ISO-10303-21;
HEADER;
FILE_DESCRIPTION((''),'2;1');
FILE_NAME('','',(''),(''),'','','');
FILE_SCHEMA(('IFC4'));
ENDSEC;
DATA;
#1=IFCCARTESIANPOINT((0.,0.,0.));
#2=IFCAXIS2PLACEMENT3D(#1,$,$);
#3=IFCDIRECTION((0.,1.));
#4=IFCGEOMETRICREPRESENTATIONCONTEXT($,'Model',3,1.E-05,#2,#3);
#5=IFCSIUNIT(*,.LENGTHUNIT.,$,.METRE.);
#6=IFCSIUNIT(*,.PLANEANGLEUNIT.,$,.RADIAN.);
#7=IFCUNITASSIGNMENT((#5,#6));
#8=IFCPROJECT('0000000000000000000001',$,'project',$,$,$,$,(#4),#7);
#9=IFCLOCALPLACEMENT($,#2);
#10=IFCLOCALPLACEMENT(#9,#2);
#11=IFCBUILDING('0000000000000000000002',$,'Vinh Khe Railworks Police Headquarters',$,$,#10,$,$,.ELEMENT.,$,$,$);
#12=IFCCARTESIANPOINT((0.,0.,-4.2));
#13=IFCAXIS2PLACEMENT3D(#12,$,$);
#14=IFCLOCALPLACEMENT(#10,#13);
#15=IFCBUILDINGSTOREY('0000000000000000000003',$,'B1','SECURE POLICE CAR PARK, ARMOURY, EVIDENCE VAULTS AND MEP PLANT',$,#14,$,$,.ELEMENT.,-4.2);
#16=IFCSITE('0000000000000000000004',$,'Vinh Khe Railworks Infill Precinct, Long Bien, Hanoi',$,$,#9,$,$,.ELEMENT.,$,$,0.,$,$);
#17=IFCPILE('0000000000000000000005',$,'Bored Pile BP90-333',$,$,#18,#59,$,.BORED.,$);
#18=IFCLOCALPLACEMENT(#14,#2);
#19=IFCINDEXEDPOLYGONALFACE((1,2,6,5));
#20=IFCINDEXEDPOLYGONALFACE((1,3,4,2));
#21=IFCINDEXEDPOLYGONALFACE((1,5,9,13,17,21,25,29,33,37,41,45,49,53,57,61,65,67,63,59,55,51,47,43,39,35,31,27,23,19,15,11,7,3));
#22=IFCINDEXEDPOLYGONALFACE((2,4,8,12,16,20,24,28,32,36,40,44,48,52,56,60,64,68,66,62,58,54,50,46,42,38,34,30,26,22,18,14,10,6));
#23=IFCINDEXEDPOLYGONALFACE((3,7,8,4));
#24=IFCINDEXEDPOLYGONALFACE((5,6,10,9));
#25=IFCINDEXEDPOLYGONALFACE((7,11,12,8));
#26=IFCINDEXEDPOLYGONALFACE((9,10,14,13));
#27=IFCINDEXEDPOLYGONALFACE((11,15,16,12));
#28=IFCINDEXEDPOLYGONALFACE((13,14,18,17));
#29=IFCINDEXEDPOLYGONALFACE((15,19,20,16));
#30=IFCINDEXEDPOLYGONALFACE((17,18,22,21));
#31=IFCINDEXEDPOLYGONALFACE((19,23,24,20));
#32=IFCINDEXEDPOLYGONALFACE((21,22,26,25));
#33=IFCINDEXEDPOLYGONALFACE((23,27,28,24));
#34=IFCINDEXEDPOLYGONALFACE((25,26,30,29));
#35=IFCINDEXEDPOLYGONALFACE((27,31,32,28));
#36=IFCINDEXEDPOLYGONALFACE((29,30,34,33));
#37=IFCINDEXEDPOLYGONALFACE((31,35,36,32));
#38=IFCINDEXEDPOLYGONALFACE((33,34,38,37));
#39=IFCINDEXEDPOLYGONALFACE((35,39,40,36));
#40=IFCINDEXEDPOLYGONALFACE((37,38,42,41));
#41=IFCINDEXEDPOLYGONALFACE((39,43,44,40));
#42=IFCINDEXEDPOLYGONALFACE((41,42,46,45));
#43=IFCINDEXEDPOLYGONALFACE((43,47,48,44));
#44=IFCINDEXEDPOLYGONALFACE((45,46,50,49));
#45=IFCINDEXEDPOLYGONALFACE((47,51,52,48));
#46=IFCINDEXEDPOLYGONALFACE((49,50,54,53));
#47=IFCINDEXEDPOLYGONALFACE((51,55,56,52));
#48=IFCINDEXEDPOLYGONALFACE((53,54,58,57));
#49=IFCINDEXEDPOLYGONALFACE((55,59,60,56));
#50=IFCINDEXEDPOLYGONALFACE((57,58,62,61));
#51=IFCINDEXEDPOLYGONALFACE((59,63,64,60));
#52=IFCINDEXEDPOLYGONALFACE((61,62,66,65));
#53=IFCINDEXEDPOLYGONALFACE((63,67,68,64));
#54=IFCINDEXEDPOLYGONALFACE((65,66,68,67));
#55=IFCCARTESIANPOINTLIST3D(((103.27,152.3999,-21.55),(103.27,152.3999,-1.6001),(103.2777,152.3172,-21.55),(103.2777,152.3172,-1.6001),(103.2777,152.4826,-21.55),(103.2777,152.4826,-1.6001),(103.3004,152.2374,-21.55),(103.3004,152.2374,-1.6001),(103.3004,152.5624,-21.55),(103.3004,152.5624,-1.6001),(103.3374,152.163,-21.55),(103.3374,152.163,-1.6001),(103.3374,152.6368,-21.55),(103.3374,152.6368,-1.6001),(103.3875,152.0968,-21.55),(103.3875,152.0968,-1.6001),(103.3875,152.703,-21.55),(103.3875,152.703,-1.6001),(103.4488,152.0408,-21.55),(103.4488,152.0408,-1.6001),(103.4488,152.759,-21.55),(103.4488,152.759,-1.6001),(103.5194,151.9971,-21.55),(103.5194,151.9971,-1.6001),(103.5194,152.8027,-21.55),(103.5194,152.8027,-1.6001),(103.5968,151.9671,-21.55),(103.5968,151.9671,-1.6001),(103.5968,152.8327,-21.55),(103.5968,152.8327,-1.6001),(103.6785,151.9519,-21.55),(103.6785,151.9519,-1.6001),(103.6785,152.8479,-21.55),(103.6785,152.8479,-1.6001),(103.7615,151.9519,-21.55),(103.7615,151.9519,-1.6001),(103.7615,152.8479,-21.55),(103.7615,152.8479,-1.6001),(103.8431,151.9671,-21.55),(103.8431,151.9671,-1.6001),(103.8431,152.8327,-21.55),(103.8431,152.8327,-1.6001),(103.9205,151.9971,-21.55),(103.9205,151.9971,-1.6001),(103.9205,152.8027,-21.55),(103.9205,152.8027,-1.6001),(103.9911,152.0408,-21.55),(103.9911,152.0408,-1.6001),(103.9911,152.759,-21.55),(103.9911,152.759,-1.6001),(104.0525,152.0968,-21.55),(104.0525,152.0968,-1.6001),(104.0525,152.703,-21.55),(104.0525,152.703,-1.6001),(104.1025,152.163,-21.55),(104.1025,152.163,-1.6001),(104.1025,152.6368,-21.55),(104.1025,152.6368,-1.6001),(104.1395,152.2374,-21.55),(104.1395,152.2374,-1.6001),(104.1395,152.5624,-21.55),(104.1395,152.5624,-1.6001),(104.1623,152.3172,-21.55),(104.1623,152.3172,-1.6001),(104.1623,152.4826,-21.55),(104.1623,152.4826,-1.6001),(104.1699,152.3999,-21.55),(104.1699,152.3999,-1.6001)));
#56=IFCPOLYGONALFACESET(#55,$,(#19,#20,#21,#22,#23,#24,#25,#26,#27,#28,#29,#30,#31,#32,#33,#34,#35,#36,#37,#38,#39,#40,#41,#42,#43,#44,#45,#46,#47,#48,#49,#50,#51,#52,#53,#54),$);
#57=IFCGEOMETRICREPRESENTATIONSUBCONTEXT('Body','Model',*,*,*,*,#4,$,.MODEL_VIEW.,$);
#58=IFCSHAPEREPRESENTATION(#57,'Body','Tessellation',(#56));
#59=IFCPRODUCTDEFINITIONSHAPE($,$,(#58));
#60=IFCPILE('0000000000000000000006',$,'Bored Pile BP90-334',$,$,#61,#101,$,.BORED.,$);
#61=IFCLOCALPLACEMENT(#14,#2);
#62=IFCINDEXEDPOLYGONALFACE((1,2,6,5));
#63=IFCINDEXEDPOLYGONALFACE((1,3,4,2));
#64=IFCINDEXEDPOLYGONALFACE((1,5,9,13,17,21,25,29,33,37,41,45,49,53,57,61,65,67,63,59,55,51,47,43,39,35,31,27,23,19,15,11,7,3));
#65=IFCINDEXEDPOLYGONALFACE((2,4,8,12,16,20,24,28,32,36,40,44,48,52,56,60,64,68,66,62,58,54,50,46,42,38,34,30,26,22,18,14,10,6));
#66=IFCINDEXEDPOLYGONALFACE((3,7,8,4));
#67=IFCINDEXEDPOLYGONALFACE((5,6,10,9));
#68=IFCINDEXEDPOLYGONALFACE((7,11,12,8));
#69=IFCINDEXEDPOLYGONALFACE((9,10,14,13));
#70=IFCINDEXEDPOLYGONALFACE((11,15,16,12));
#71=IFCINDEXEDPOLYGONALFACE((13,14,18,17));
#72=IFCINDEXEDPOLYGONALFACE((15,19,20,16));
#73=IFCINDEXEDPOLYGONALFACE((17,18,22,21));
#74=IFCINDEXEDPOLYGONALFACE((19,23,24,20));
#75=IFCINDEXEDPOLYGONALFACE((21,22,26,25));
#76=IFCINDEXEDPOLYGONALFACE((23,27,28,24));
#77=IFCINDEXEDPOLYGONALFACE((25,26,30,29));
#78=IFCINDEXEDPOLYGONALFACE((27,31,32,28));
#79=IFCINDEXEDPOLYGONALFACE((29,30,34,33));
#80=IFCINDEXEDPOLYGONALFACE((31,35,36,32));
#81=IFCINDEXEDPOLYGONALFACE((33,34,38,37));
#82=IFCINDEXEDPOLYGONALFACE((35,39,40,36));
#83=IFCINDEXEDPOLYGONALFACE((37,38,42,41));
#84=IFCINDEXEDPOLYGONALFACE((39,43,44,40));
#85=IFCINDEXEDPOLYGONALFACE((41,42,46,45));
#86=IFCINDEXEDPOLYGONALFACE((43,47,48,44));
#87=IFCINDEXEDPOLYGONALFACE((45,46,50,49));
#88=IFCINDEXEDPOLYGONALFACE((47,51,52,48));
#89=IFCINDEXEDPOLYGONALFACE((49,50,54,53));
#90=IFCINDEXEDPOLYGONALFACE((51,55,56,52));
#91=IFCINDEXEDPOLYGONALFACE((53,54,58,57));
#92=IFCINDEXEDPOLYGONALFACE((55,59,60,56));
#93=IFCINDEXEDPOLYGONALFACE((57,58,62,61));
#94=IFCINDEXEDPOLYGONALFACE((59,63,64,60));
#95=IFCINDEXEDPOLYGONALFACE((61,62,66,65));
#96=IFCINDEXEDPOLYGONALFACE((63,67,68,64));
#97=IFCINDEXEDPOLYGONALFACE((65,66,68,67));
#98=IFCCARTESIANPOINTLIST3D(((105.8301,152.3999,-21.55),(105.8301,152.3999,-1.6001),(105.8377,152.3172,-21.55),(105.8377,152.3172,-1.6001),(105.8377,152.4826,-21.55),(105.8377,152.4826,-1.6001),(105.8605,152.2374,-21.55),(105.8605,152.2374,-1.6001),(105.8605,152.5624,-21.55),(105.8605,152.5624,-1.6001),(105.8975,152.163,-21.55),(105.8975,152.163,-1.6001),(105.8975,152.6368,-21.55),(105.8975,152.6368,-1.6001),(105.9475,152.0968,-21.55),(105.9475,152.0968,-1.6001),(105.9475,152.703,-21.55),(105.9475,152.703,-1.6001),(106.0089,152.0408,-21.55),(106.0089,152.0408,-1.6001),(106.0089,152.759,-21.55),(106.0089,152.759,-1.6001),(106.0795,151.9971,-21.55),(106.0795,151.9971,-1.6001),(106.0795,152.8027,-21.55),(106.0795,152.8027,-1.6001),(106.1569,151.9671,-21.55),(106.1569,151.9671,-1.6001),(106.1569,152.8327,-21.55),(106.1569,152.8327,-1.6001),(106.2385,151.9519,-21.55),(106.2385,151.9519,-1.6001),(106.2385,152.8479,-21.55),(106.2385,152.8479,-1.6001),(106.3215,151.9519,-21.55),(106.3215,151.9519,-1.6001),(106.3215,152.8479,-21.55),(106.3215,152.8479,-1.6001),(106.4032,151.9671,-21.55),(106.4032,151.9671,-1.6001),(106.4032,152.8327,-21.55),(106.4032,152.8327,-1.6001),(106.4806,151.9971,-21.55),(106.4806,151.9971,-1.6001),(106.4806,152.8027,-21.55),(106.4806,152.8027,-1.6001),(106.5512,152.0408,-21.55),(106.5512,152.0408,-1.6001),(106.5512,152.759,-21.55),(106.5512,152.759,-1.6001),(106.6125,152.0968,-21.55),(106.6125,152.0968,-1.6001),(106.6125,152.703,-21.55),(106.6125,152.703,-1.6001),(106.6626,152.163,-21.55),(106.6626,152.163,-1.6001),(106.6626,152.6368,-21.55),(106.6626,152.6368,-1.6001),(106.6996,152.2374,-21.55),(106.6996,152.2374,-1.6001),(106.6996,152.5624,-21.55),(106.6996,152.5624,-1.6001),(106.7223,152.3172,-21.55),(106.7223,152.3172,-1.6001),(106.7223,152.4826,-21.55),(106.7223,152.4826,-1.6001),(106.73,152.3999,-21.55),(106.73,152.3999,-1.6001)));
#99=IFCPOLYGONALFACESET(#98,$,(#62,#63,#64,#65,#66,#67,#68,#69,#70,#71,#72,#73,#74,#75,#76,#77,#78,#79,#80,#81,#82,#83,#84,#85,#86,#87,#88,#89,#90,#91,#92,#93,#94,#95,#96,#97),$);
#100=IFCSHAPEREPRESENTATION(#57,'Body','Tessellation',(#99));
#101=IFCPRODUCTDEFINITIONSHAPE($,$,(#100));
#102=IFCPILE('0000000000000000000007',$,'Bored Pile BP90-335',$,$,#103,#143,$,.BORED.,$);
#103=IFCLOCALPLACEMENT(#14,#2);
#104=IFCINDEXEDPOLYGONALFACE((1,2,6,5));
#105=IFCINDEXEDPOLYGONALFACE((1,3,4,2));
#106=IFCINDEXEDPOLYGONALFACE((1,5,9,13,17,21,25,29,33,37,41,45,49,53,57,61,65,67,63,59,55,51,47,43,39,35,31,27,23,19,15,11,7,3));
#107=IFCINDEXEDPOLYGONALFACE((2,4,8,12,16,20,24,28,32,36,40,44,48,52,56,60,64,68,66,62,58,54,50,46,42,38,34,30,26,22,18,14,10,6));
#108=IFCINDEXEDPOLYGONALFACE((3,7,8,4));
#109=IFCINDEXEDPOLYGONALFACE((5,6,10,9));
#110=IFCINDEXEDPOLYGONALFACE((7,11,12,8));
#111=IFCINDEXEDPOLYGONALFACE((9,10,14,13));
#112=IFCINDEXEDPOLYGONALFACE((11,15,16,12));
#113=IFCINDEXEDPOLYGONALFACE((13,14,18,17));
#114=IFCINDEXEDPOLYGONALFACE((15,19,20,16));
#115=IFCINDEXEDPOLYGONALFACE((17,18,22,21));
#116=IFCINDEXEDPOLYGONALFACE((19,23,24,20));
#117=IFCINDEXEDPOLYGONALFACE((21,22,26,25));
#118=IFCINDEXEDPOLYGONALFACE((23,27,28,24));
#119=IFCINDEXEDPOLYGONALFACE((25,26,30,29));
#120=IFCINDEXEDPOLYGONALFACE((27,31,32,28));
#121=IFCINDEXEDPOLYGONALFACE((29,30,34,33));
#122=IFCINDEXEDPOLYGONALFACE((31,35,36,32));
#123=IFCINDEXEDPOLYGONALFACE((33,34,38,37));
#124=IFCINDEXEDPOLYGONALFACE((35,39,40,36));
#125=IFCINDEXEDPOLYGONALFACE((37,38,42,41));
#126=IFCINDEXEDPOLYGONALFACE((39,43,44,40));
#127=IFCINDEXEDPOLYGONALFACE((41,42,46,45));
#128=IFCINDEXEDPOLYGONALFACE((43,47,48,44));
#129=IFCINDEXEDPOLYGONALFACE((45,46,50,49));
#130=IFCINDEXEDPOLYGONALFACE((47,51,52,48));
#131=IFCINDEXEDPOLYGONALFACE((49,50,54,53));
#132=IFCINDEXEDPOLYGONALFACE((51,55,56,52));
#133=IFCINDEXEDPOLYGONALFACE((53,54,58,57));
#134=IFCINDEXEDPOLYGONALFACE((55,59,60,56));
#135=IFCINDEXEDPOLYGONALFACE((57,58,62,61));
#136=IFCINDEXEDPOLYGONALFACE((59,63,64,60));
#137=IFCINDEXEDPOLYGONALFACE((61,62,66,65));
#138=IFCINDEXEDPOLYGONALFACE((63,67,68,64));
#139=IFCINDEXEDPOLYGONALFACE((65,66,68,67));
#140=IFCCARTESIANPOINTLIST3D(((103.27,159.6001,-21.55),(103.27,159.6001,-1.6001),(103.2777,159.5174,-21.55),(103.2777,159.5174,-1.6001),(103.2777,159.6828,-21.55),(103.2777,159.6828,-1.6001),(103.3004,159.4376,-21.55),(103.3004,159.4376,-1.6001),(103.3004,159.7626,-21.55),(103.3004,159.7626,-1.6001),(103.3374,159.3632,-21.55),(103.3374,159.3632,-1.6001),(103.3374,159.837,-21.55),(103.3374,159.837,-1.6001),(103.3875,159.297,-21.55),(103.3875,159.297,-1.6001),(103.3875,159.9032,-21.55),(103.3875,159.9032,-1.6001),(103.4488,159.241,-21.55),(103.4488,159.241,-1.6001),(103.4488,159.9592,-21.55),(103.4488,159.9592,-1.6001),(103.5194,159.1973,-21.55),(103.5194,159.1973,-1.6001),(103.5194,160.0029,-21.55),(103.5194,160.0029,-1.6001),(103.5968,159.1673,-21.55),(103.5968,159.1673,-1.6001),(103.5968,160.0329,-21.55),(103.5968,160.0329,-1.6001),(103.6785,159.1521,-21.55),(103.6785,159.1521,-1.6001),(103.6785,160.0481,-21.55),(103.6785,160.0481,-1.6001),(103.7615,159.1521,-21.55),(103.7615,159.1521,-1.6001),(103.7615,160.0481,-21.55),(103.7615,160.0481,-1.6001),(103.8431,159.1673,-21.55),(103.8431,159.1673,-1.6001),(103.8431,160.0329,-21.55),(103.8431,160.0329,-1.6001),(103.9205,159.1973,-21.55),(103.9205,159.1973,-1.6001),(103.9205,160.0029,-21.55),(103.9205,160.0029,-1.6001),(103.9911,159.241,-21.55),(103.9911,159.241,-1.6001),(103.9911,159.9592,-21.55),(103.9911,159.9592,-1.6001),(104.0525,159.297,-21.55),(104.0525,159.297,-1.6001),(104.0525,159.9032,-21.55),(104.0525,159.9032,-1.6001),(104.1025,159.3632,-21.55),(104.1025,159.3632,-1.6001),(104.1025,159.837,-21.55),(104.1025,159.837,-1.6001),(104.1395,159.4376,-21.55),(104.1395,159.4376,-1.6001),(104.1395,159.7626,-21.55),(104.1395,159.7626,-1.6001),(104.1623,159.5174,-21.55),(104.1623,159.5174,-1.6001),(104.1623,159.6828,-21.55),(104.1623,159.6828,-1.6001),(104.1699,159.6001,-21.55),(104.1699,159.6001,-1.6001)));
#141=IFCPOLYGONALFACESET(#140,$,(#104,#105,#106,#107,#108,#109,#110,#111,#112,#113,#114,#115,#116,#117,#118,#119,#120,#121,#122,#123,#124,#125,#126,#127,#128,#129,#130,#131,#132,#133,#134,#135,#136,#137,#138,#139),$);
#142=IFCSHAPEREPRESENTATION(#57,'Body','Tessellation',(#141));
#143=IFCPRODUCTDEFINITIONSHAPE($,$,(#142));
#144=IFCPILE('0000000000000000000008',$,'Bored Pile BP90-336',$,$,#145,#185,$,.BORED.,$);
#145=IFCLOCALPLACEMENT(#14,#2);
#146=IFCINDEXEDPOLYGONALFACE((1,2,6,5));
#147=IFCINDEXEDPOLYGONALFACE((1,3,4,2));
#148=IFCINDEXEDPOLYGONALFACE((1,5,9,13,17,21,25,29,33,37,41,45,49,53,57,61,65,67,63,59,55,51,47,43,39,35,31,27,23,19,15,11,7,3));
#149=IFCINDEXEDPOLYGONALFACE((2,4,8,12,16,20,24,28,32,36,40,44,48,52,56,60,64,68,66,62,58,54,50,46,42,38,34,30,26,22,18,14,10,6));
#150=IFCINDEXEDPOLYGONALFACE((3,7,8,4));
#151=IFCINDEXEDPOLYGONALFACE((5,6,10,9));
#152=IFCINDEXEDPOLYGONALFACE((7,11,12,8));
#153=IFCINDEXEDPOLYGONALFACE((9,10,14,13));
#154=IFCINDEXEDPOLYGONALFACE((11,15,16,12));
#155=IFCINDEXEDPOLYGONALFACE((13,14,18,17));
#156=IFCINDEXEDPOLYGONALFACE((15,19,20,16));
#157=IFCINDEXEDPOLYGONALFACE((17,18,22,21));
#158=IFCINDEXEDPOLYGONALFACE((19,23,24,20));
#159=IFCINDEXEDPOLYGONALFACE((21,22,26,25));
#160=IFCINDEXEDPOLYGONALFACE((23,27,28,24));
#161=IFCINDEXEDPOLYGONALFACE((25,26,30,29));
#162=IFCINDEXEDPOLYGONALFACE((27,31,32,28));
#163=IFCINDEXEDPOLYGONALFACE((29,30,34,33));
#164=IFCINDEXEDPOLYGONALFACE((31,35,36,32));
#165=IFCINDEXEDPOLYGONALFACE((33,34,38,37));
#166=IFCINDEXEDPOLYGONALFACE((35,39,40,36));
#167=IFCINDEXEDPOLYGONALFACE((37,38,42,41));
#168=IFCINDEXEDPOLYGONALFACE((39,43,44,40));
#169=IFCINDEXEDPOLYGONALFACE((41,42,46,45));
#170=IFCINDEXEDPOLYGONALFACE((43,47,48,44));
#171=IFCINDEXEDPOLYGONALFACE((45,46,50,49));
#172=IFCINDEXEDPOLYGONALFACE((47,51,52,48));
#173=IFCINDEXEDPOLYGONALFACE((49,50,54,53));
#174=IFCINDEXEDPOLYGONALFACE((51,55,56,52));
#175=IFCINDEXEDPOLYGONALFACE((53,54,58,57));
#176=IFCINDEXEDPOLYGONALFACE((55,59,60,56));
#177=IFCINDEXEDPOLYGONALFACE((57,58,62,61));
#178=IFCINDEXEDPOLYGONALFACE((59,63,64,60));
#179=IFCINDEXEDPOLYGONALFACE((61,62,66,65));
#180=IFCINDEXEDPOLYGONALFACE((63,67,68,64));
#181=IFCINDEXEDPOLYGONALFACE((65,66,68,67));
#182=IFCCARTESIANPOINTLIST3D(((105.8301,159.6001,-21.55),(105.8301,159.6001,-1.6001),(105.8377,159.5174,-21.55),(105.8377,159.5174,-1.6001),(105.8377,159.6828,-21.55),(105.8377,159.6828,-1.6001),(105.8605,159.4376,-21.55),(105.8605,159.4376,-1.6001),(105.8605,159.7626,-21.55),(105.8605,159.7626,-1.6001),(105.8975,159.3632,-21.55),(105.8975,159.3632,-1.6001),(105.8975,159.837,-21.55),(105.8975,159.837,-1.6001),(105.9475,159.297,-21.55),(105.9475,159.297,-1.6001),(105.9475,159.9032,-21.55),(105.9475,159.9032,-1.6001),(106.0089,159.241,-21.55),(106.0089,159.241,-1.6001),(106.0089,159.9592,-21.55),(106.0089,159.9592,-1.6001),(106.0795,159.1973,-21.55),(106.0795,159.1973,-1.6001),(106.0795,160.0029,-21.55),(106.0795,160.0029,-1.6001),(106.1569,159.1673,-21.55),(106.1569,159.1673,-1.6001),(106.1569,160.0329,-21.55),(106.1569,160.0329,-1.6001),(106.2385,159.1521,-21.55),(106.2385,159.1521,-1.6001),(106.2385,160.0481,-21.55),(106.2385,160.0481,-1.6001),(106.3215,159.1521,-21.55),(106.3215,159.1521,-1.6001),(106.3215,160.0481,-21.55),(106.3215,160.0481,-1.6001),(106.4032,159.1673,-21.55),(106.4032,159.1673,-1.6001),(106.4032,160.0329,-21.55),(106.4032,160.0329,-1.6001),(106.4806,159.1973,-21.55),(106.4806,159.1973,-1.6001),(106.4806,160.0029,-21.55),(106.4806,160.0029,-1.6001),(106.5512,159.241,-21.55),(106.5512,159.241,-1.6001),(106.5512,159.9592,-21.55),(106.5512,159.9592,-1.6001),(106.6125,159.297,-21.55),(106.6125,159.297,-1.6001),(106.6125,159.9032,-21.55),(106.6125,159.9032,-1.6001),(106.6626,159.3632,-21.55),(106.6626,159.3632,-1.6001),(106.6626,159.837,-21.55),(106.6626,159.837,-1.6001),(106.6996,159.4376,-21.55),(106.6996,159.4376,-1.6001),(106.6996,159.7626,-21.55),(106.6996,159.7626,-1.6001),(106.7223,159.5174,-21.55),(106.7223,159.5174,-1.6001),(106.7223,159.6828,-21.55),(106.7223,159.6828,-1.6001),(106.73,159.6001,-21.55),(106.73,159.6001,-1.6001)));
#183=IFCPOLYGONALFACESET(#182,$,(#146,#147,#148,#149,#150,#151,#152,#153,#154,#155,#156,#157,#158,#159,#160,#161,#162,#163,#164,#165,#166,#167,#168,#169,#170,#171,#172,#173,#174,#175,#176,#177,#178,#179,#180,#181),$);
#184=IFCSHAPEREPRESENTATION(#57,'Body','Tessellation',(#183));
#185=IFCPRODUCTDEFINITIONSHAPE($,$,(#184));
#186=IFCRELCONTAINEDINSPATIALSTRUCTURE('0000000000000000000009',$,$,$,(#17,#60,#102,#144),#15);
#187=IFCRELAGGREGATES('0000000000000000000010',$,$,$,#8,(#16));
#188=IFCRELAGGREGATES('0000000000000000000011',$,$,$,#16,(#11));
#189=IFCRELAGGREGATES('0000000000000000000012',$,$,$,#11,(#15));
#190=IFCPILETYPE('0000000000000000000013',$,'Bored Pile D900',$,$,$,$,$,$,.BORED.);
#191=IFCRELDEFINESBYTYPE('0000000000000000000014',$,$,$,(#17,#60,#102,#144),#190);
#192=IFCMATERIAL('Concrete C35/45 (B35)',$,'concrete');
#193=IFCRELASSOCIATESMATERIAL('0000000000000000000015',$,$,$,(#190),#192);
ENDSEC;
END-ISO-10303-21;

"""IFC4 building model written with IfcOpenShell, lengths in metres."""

from ifc_helpers import new_model, si_unit, direction, frame, origin, origin_2d, place, context, subcontext, project, spatial, circle, extrude, material, material_profile, profile_set, type_object, element, save


model = new_model("IFC4")

# Units and contexts
model_context = context("Model", 3, precision=1e-05, world=origin(), true_north=direction((0.0, 1.0)))
body_context = subcontext(model_context, "Body", "Model", "MODEL_VIEW")
ifc_project = project(units=[si_unit("LENGTHUNIT", "METRE"), si_unit("PLANEANGLEUNIT", "RADIAN")], contexts=[model_context])

# Site, building, storey
site_placement = place(None, origin())
site = spatial("IfcSite", under=ifc_project, at=site_placement, Name="Vinh Khe Railworks Infill Precinct, Long Bien, Hanoi", CompositionType="ELEMENT", RefElevation=0.0)
building_placement = place(site_placement, origin())
building = spatial("IfcBuilding", under=site, at=building_placement, Name="Vinh Khe Railworks Police Headquarters", CompositionType="ELEMENT")
storey_placement = place(building_placement, frame((0.0, 0.0, -4.2)))
storey = spatial("IfcBuildingStorey", under=building, at=storey_placement, Name="B1", Description="SECURE POLICE CAR PARK, ARMOURY, EVIDENCE VAULTS AND MEP PLANT", CompositionType="ELEMENT", Elevation=-4.2)

# Piles
ifc_material_1 = material(Name="Concrete C35/45 (B35)", Category="concrete")
ifc_material_profile_1 = material_profile(ifc_material_1, circle(Radius=0.45, at=origin_2d()), Name="BORED PILE D900")
ifc_profile_set_1 = profile_set([ifc_material_profile_1], Name="Concrete C35/45 (B35)")
pile_type = type_object("IfcPileType", Name="Bored Pile D900", PredefinedType="BORED", material=ifc_profile_set_1)
for number, where, z_axis, x_axis, name in (
    (1, (103.72, 152.3999, -1.6001), (0.0, 0.0, -1.0), (1.0, 0.0, 0.0), "Bored Pile BP90-333"),
    (2, (106.28, 152.3999, -1.6001), (0.0, 0.0, -1.0), (1.0, 0.0, 0.0), "Bored Pile BP90-334"),
    (3, (103.72, 159.6001, -1.6001), (0.0, 0.0, -1.0), (1.0, 0.0, 0.0), "Bored Pile BP90-335"),
    (4, (106.28, 159.6001, -1.6001), (0.0, 0.0, -1.0), (1.0, 0.0, 0.0), "Bored Pile BP90-336"),
):
    element("IfcPile", number, at=place(storey_placement, frame(where, z_axis=z_axis, x_axis=x_axis)), inside=storey, type_object=pile_type, Name=name, PredefinedType="BORED", context=body_context, shape_type="SweptSolid", body=[
        extrude(circle(Radius=0.45, at=origin_2d()), origin(), (0.0, 0.0, 1.0), 19.95),
    ])

save(model, "model.ifc")
